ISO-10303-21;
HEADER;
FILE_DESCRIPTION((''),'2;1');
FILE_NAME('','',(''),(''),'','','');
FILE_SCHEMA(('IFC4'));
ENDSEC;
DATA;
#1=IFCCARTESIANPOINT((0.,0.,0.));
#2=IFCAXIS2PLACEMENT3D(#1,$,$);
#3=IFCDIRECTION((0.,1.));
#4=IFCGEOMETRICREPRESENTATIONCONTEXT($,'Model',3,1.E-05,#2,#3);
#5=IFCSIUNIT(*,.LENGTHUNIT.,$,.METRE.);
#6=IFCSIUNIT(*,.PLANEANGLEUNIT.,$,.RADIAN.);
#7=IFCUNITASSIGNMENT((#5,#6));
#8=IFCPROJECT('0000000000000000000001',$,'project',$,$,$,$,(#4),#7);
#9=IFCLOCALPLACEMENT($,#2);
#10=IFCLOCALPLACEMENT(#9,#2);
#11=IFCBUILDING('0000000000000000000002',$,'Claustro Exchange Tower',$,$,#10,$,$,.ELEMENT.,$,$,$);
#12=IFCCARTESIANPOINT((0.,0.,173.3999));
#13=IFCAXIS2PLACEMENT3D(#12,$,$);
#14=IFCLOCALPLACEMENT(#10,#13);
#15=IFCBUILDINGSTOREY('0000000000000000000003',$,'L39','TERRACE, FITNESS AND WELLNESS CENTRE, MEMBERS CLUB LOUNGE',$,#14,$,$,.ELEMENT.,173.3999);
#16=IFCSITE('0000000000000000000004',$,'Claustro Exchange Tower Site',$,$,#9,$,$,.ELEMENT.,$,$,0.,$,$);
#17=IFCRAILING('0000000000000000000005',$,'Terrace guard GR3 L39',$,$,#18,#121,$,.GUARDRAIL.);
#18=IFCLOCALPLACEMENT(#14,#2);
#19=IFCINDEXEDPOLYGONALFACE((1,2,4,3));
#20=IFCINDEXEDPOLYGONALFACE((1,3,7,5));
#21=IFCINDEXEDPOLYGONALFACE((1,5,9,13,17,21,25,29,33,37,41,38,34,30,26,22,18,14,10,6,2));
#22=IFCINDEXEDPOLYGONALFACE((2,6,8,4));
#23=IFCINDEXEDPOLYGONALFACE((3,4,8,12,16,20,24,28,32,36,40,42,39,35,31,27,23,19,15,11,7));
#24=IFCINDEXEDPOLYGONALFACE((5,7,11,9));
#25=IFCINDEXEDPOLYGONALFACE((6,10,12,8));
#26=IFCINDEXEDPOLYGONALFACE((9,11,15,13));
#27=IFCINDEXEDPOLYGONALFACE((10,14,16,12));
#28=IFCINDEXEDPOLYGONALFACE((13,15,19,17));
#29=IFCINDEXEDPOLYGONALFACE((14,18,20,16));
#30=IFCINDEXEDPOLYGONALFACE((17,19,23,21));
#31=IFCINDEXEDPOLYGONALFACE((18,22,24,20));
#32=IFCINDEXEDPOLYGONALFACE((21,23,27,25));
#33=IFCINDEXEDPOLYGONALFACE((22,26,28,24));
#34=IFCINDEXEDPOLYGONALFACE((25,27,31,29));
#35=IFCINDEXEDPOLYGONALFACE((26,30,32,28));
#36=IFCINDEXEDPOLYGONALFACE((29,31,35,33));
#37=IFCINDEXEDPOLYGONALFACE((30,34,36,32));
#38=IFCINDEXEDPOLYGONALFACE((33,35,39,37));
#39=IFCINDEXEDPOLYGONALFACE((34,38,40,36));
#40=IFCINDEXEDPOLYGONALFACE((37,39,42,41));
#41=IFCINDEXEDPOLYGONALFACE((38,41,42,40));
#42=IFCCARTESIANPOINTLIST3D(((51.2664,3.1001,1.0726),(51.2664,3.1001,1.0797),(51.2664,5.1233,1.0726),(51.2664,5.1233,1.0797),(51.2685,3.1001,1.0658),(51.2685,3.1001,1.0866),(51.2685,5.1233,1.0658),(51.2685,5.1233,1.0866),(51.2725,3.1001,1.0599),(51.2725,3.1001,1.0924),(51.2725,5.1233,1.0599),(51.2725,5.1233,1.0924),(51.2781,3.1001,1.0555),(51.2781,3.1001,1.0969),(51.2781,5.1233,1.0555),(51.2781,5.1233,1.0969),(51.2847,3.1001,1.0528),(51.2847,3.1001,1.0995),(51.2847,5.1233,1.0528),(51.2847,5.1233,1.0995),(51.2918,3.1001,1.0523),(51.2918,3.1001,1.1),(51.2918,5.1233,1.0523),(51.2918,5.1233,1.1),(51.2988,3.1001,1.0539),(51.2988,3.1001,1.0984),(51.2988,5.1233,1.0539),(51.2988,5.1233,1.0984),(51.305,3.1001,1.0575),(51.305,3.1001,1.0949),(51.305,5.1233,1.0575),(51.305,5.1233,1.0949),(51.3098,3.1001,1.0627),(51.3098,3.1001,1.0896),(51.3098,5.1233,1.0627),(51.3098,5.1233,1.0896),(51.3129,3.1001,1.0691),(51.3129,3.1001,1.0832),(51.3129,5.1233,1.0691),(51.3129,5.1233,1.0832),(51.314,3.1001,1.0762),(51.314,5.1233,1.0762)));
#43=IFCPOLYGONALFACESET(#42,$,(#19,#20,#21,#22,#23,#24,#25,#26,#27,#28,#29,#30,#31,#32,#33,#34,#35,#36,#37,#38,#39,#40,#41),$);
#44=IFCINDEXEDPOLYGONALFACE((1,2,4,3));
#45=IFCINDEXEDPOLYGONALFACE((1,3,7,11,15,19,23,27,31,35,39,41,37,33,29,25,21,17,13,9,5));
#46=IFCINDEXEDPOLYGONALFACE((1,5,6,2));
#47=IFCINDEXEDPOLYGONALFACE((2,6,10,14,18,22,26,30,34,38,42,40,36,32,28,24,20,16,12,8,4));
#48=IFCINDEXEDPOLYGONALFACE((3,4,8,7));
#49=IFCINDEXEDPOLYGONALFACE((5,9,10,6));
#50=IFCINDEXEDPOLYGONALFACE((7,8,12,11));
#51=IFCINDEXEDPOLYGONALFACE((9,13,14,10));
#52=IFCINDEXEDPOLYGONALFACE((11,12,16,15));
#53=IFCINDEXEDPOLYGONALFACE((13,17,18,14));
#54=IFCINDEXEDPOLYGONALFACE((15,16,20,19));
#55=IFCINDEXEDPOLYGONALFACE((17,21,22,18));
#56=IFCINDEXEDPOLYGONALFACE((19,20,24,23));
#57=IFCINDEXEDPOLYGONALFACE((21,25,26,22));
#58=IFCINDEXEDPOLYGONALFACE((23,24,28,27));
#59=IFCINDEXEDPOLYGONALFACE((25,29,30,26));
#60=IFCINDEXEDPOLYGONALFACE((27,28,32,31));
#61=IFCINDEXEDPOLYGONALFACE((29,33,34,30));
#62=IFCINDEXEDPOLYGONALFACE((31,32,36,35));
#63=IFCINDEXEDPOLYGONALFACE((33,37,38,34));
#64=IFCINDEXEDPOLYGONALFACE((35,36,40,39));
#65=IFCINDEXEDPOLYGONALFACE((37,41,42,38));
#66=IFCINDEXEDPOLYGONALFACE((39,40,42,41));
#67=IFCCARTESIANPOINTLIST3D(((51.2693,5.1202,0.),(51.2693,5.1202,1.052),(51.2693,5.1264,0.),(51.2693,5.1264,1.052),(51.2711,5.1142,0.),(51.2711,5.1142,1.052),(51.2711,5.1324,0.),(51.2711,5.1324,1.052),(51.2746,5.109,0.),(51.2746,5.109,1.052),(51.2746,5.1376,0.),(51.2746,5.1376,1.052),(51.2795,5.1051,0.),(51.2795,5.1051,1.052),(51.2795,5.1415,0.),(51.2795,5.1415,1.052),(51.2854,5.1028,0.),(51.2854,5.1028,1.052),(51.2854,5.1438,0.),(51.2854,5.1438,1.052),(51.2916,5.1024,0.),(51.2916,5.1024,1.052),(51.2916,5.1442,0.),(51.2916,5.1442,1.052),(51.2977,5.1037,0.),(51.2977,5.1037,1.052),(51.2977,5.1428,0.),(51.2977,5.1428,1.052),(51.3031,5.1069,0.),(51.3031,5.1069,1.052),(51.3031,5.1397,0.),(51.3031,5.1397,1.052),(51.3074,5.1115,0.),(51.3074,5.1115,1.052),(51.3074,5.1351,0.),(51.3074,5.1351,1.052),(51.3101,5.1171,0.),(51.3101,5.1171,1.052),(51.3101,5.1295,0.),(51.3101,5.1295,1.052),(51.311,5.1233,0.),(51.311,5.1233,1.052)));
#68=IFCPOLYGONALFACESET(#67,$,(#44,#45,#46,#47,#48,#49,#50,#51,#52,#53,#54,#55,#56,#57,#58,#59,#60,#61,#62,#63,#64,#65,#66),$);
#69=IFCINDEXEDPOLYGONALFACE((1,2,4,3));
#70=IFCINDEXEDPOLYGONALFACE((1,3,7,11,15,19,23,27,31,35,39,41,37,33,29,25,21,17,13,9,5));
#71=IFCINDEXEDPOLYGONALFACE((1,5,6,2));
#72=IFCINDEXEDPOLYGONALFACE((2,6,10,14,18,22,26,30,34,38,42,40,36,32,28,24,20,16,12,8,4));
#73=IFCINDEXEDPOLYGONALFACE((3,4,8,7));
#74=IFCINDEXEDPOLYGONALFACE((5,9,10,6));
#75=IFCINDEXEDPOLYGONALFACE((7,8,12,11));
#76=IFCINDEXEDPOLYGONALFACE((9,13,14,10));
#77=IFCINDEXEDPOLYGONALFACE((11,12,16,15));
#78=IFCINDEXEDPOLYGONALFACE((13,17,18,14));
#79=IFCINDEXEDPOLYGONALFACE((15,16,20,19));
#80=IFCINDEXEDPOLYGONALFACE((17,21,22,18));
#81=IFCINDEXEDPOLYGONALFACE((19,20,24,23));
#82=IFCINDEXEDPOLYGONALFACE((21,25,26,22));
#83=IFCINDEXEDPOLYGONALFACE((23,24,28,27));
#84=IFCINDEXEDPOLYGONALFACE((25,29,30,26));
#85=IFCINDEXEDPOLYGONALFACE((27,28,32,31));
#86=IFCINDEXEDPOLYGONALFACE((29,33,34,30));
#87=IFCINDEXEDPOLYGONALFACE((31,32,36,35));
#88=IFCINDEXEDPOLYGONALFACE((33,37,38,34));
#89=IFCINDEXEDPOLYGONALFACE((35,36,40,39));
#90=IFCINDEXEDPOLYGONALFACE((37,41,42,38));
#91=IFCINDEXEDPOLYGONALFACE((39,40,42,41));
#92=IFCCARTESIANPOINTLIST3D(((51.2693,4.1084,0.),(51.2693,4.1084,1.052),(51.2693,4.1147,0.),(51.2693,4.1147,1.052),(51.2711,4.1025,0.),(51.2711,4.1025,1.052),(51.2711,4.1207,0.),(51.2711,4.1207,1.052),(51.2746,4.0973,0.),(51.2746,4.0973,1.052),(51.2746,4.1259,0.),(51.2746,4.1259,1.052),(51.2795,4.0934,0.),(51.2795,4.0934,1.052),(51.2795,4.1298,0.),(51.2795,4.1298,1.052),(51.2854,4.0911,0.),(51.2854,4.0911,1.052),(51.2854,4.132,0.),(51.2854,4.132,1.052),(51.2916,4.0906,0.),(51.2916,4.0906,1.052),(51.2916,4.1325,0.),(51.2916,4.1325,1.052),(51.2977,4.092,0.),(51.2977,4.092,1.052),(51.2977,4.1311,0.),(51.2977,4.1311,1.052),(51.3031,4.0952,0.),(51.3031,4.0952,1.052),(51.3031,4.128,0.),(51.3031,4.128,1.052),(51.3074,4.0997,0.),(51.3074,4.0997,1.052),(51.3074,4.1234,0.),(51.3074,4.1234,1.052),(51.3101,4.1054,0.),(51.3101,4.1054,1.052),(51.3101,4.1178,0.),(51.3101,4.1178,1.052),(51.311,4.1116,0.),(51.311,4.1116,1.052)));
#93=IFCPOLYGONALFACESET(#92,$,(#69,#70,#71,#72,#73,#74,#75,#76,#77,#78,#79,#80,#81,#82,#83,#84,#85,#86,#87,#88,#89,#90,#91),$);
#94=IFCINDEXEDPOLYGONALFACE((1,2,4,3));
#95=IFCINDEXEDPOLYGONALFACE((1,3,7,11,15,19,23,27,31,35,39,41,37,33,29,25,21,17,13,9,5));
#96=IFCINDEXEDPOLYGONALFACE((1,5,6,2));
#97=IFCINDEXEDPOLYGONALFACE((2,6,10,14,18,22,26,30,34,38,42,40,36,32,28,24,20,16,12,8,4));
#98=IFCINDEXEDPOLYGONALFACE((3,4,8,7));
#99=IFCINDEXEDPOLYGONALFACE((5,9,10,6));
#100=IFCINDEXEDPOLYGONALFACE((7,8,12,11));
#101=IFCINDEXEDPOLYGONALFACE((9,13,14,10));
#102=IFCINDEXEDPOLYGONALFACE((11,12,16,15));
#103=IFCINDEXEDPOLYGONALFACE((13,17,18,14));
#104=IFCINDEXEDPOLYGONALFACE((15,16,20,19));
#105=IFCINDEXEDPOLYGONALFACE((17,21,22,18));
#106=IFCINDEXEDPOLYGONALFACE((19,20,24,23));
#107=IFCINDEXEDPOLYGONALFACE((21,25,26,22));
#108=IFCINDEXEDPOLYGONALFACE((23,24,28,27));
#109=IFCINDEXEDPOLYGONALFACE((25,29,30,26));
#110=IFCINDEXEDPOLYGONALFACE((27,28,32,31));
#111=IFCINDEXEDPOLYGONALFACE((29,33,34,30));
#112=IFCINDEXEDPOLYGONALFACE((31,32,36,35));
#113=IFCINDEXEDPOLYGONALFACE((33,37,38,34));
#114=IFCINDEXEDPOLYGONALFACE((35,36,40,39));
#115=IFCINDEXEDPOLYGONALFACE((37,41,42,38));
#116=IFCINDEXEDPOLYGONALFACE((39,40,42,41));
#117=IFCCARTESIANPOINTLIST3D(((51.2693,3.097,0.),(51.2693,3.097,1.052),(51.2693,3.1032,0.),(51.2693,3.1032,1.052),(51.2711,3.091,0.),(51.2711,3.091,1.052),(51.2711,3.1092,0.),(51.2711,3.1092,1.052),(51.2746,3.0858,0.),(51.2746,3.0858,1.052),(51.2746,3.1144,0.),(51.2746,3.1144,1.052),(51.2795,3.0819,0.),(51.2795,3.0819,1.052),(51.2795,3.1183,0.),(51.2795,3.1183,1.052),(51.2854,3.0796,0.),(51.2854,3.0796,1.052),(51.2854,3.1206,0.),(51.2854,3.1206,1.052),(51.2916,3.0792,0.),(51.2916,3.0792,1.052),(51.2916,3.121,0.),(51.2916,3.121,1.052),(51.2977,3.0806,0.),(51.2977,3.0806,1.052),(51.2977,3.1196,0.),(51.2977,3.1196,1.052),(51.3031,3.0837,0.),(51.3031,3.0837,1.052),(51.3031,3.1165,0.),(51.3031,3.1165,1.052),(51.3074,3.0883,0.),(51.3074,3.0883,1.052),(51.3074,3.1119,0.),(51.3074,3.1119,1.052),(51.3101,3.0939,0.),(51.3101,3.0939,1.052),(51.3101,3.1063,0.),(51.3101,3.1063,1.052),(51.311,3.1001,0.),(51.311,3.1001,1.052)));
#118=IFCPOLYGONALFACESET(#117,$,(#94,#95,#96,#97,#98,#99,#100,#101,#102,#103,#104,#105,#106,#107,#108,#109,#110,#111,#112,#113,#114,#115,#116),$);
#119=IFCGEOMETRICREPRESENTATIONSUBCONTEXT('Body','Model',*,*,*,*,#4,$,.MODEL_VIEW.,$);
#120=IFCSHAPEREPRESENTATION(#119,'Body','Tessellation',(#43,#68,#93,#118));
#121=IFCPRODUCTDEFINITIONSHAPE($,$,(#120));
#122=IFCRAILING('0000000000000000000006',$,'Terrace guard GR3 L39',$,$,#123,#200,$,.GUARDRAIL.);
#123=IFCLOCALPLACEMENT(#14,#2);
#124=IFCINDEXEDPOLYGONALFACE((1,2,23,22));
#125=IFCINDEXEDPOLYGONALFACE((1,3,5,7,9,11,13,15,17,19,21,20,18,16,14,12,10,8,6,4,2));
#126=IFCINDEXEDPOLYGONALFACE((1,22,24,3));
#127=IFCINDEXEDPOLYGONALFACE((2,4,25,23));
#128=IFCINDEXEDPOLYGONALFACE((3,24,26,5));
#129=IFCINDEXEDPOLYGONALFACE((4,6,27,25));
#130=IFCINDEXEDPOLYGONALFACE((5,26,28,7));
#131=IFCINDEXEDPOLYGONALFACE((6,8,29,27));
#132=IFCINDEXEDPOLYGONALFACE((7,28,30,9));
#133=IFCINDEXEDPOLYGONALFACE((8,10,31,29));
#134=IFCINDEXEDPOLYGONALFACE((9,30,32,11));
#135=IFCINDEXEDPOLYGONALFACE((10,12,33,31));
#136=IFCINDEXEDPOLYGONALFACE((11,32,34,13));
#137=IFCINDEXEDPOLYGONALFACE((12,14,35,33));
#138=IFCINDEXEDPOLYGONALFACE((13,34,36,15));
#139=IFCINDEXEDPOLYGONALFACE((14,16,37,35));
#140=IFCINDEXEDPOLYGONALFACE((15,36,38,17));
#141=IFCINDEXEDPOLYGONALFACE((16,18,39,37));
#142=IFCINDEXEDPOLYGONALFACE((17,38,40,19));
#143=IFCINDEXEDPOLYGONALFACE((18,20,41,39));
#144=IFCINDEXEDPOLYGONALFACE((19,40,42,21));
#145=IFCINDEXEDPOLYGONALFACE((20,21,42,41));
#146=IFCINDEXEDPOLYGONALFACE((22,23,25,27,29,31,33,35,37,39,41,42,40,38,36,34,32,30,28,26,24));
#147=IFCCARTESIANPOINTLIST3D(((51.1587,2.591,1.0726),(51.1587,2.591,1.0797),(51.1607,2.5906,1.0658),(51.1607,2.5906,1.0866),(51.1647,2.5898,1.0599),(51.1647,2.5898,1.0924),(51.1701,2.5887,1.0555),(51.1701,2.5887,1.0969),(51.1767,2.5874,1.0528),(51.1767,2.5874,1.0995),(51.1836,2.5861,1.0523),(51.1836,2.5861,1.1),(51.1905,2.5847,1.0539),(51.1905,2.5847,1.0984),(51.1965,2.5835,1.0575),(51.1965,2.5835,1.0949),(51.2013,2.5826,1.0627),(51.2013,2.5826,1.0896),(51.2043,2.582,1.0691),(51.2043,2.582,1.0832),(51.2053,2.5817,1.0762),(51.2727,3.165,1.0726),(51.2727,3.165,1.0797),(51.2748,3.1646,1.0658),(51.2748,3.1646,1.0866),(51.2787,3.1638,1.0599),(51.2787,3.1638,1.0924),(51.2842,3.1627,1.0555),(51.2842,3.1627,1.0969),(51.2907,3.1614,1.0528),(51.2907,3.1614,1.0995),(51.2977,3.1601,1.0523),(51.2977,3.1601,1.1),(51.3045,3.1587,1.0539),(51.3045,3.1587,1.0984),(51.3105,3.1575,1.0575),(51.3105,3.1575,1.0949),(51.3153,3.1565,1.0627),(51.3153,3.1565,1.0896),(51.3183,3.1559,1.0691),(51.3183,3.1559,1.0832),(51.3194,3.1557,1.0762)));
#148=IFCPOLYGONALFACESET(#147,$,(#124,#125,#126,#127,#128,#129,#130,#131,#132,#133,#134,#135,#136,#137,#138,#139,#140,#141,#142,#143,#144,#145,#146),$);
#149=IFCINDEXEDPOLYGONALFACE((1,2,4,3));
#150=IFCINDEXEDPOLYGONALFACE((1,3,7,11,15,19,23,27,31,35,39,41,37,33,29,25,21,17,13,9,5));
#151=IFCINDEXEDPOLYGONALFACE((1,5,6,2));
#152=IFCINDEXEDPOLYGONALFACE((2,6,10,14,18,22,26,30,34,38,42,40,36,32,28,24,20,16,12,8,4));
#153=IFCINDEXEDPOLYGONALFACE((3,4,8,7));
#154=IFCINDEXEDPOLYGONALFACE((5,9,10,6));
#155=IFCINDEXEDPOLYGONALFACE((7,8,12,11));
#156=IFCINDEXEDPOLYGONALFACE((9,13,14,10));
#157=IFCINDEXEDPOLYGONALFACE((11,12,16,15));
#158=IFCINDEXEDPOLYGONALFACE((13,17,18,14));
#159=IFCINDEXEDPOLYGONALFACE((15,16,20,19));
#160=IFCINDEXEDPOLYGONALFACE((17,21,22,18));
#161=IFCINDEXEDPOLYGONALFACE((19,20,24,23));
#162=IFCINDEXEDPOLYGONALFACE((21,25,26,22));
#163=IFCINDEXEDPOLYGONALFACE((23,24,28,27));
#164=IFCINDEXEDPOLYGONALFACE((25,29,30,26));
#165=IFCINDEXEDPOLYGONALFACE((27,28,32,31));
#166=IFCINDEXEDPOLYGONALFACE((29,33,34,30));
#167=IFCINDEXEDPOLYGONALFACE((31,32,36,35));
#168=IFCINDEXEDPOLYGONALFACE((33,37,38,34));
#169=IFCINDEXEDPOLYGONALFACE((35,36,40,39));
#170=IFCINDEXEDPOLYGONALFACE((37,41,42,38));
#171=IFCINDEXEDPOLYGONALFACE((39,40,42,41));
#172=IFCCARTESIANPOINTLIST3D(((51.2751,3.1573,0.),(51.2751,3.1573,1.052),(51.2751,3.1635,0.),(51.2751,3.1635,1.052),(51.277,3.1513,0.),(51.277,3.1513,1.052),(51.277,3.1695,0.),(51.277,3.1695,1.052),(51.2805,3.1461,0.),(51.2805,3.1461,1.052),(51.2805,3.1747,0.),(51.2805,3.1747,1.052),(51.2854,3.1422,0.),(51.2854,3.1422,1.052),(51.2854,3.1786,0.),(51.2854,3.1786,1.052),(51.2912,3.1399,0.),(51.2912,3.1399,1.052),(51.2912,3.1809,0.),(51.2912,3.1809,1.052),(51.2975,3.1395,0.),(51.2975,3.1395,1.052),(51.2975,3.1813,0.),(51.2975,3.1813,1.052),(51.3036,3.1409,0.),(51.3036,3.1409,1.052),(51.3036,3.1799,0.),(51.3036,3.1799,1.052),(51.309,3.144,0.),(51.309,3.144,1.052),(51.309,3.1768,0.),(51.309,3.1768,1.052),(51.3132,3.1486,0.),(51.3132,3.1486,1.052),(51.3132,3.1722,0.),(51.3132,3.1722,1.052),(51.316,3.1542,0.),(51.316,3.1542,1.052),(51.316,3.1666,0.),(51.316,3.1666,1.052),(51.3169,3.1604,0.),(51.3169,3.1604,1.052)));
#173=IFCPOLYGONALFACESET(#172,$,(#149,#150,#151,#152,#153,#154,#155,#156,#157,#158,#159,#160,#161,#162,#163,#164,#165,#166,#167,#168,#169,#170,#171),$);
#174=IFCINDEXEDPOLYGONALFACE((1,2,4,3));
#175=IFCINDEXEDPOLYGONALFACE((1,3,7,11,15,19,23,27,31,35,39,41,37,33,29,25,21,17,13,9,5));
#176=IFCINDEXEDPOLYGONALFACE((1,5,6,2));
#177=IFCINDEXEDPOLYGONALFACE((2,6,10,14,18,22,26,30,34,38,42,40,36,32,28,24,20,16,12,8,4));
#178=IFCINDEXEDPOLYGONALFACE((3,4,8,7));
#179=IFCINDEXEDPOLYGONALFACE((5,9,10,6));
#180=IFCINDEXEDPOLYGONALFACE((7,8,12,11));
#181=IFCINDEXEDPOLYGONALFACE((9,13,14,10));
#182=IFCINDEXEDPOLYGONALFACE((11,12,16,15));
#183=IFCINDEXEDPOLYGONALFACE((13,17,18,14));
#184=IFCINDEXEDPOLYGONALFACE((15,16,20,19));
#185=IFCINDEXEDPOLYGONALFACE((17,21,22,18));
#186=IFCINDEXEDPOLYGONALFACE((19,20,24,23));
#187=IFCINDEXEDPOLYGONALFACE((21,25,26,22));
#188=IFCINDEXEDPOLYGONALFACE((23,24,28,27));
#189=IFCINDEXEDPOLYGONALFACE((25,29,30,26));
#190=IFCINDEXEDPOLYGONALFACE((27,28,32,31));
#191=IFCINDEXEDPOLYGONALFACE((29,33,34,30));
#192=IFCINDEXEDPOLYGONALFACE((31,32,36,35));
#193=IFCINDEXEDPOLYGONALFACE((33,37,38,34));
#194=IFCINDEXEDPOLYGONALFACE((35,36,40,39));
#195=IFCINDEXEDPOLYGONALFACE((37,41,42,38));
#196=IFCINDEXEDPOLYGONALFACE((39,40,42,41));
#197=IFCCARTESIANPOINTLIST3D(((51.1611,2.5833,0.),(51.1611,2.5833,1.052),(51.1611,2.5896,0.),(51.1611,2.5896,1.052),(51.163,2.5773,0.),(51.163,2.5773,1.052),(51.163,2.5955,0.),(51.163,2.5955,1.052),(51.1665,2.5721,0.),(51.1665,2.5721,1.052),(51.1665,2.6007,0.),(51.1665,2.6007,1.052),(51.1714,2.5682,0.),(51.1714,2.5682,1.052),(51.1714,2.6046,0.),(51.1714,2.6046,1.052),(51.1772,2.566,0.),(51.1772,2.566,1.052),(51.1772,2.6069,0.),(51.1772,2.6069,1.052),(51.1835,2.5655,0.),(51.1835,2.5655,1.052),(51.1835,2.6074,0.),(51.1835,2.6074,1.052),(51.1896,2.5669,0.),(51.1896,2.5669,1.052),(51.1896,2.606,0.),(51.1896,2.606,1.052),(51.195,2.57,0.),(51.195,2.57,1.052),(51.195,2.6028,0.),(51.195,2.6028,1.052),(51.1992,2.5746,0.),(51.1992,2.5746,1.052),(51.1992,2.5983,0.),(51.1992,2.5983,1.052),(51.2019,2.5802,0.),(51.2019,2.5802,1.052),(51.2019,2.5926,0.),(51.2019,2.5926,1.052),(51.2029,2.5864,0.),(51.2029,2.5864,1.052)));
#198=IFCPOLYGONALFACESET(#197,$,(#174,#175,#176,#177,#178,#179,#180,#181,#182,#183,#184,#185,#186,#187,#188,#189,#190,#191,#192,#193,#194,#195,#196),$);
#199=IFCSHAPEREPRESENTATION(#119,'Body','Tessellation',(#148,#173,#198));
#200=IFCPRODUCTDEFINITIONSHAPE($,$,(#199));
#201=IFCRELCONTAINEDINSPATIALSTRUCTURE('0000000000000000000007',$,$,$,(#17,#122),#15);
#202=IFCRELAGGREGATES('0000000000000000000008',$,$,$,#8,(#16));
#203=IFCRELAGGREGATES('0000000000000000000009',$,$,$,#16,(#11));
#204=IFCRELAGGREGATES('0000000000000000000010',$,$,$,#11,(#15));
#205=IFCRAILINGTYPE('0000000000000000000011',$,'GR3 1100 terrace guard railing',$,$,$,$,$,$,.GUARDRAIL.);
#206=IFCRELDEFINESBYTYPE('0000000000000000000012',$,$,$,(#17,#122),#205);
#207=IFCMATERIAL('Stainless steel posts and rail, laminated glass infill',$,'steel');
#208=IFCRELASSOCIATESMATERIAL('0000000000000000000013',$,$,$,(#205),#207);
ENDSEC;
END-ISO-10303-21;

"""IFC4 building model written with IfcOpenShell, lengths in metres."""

from ifc_helpers import new_model, si_unit, direction, frame, origin, origin_2d, place, context, subcontext, project, spatial, circle, extrude, material, type_object, element, save


model = new_model("IFC4")

# Units and contexts
model_context = context("Model", 3, precision=1e-05, world=origin(), true_north=direction((0.0, 1.0)))
body_context = subcontext(model_context, "Body", "Model", "MODEL_VIEW")
ifc_project = project(units=[si_unit("LENGTHUNIT", "METRE"), si_unit("PLANEANGLEUNIT", "RADIAN")], contexts=[model_context])

# Site, building, storey
site_placement = place(None, origin())
site = spatial("IfcSite", under=ifc_project, at=site_placement, Name="Claustro Exchange Tower Site", CompositionType="ELEMENT", RefElevation=0.0)
building_placement = place(site_placement, origin())
building = spatial("IfcBuilding", under=site, at=building_placement, Name="Claustro Exchange Tower", CompositionType="ELEMENT")
storey_placement = place(building_placement, frame((0.0, 0.0, 173.3999)))
storey = spatial("IfcBuildingStorey", under=building, at=storey_placement, Name="L39", Description="TERRACE, FITNESS AND WELLNESS CENTRE, MEMBERS CLUB LOUNGE", CompositionType="ELEMENT", Elevation=173.3999)

# Railings
ifc_material_1 = material(Name="Stainless steel posts and rail, laminated glass infill", Category="steel")
railing_type = type_object("IfcRailingType", Name="GR3 1100 terrace guard railing", PredefinedType="GUARDRAIL", material=ifc_material_1)
railing_1_placement = place(storey_placement, frame((51.29, 5.1233, 0.0)))
element("IfcRailing", 1, at=railing_1_placement, inside=storey, type_object=railing_type, Name="Terrace guard GR3 L39", PredefinedType="GUARDRAIL", context=body_context, shape_type="SweptSolid", body=[
    extrude(circle(Radius=0.0239, at=origin_2d()), frame((0.0, 0.0, 1.0762), z_axis=(0.0, -1.0, 0.0), x_axis=(1.0, 0.0, 0.0)), (0.0, 0.0, 1.0), 2.0232),
    extrude(circle(Radius=0.021, at=origin_2d()), origin(), (0.0, 0.0, 1.0), 1.052),
    extrude(circle(Radius=0.021, at=origin_2d()), frame((0.0, -1.0117, 0.0)), (0.0, 0.0, 1.0), 1.052),
    extrude(circle(Radius=0.021, at=origin_2d()), frame((0.0, -2.0232, 0.0)), (0.0, 0.0, 1.0), 1.052),
])
railing_2_placement = place(storey_placement, frame((51.2959, 3.1604, 0.0)))
element("IfcRailing", 2, at=railing_2_placement, inside=storey, type_object=railing_type, Name="Terrace guard GR3 L39", PredefinedType="GUARDRAIL", context=body_context, shape_type="SweptSolid", body=[
    extrude(circle(Radius=0.0239, at=origin_2d()), frame((0.0, 0.0, 1.0762), z_axis=(-0.194832, -0.980837, 0.0), x_axis=(0.980837, -0.194832, 0.0)), (0.0, 0.0, 1.0), 0.5852),
    extrude(circle(Radius=0.021, at=origin_2d()), origin(), (0.0, 0.0, 1.0), 1.052),
    extrude(circle(Radius=0.021, at=origin_2d()), frame((-0.114, -0.574, 0.0)), (0.0, 0.0, 1.0), 1.052),
])

save(model, "model.ifc")
